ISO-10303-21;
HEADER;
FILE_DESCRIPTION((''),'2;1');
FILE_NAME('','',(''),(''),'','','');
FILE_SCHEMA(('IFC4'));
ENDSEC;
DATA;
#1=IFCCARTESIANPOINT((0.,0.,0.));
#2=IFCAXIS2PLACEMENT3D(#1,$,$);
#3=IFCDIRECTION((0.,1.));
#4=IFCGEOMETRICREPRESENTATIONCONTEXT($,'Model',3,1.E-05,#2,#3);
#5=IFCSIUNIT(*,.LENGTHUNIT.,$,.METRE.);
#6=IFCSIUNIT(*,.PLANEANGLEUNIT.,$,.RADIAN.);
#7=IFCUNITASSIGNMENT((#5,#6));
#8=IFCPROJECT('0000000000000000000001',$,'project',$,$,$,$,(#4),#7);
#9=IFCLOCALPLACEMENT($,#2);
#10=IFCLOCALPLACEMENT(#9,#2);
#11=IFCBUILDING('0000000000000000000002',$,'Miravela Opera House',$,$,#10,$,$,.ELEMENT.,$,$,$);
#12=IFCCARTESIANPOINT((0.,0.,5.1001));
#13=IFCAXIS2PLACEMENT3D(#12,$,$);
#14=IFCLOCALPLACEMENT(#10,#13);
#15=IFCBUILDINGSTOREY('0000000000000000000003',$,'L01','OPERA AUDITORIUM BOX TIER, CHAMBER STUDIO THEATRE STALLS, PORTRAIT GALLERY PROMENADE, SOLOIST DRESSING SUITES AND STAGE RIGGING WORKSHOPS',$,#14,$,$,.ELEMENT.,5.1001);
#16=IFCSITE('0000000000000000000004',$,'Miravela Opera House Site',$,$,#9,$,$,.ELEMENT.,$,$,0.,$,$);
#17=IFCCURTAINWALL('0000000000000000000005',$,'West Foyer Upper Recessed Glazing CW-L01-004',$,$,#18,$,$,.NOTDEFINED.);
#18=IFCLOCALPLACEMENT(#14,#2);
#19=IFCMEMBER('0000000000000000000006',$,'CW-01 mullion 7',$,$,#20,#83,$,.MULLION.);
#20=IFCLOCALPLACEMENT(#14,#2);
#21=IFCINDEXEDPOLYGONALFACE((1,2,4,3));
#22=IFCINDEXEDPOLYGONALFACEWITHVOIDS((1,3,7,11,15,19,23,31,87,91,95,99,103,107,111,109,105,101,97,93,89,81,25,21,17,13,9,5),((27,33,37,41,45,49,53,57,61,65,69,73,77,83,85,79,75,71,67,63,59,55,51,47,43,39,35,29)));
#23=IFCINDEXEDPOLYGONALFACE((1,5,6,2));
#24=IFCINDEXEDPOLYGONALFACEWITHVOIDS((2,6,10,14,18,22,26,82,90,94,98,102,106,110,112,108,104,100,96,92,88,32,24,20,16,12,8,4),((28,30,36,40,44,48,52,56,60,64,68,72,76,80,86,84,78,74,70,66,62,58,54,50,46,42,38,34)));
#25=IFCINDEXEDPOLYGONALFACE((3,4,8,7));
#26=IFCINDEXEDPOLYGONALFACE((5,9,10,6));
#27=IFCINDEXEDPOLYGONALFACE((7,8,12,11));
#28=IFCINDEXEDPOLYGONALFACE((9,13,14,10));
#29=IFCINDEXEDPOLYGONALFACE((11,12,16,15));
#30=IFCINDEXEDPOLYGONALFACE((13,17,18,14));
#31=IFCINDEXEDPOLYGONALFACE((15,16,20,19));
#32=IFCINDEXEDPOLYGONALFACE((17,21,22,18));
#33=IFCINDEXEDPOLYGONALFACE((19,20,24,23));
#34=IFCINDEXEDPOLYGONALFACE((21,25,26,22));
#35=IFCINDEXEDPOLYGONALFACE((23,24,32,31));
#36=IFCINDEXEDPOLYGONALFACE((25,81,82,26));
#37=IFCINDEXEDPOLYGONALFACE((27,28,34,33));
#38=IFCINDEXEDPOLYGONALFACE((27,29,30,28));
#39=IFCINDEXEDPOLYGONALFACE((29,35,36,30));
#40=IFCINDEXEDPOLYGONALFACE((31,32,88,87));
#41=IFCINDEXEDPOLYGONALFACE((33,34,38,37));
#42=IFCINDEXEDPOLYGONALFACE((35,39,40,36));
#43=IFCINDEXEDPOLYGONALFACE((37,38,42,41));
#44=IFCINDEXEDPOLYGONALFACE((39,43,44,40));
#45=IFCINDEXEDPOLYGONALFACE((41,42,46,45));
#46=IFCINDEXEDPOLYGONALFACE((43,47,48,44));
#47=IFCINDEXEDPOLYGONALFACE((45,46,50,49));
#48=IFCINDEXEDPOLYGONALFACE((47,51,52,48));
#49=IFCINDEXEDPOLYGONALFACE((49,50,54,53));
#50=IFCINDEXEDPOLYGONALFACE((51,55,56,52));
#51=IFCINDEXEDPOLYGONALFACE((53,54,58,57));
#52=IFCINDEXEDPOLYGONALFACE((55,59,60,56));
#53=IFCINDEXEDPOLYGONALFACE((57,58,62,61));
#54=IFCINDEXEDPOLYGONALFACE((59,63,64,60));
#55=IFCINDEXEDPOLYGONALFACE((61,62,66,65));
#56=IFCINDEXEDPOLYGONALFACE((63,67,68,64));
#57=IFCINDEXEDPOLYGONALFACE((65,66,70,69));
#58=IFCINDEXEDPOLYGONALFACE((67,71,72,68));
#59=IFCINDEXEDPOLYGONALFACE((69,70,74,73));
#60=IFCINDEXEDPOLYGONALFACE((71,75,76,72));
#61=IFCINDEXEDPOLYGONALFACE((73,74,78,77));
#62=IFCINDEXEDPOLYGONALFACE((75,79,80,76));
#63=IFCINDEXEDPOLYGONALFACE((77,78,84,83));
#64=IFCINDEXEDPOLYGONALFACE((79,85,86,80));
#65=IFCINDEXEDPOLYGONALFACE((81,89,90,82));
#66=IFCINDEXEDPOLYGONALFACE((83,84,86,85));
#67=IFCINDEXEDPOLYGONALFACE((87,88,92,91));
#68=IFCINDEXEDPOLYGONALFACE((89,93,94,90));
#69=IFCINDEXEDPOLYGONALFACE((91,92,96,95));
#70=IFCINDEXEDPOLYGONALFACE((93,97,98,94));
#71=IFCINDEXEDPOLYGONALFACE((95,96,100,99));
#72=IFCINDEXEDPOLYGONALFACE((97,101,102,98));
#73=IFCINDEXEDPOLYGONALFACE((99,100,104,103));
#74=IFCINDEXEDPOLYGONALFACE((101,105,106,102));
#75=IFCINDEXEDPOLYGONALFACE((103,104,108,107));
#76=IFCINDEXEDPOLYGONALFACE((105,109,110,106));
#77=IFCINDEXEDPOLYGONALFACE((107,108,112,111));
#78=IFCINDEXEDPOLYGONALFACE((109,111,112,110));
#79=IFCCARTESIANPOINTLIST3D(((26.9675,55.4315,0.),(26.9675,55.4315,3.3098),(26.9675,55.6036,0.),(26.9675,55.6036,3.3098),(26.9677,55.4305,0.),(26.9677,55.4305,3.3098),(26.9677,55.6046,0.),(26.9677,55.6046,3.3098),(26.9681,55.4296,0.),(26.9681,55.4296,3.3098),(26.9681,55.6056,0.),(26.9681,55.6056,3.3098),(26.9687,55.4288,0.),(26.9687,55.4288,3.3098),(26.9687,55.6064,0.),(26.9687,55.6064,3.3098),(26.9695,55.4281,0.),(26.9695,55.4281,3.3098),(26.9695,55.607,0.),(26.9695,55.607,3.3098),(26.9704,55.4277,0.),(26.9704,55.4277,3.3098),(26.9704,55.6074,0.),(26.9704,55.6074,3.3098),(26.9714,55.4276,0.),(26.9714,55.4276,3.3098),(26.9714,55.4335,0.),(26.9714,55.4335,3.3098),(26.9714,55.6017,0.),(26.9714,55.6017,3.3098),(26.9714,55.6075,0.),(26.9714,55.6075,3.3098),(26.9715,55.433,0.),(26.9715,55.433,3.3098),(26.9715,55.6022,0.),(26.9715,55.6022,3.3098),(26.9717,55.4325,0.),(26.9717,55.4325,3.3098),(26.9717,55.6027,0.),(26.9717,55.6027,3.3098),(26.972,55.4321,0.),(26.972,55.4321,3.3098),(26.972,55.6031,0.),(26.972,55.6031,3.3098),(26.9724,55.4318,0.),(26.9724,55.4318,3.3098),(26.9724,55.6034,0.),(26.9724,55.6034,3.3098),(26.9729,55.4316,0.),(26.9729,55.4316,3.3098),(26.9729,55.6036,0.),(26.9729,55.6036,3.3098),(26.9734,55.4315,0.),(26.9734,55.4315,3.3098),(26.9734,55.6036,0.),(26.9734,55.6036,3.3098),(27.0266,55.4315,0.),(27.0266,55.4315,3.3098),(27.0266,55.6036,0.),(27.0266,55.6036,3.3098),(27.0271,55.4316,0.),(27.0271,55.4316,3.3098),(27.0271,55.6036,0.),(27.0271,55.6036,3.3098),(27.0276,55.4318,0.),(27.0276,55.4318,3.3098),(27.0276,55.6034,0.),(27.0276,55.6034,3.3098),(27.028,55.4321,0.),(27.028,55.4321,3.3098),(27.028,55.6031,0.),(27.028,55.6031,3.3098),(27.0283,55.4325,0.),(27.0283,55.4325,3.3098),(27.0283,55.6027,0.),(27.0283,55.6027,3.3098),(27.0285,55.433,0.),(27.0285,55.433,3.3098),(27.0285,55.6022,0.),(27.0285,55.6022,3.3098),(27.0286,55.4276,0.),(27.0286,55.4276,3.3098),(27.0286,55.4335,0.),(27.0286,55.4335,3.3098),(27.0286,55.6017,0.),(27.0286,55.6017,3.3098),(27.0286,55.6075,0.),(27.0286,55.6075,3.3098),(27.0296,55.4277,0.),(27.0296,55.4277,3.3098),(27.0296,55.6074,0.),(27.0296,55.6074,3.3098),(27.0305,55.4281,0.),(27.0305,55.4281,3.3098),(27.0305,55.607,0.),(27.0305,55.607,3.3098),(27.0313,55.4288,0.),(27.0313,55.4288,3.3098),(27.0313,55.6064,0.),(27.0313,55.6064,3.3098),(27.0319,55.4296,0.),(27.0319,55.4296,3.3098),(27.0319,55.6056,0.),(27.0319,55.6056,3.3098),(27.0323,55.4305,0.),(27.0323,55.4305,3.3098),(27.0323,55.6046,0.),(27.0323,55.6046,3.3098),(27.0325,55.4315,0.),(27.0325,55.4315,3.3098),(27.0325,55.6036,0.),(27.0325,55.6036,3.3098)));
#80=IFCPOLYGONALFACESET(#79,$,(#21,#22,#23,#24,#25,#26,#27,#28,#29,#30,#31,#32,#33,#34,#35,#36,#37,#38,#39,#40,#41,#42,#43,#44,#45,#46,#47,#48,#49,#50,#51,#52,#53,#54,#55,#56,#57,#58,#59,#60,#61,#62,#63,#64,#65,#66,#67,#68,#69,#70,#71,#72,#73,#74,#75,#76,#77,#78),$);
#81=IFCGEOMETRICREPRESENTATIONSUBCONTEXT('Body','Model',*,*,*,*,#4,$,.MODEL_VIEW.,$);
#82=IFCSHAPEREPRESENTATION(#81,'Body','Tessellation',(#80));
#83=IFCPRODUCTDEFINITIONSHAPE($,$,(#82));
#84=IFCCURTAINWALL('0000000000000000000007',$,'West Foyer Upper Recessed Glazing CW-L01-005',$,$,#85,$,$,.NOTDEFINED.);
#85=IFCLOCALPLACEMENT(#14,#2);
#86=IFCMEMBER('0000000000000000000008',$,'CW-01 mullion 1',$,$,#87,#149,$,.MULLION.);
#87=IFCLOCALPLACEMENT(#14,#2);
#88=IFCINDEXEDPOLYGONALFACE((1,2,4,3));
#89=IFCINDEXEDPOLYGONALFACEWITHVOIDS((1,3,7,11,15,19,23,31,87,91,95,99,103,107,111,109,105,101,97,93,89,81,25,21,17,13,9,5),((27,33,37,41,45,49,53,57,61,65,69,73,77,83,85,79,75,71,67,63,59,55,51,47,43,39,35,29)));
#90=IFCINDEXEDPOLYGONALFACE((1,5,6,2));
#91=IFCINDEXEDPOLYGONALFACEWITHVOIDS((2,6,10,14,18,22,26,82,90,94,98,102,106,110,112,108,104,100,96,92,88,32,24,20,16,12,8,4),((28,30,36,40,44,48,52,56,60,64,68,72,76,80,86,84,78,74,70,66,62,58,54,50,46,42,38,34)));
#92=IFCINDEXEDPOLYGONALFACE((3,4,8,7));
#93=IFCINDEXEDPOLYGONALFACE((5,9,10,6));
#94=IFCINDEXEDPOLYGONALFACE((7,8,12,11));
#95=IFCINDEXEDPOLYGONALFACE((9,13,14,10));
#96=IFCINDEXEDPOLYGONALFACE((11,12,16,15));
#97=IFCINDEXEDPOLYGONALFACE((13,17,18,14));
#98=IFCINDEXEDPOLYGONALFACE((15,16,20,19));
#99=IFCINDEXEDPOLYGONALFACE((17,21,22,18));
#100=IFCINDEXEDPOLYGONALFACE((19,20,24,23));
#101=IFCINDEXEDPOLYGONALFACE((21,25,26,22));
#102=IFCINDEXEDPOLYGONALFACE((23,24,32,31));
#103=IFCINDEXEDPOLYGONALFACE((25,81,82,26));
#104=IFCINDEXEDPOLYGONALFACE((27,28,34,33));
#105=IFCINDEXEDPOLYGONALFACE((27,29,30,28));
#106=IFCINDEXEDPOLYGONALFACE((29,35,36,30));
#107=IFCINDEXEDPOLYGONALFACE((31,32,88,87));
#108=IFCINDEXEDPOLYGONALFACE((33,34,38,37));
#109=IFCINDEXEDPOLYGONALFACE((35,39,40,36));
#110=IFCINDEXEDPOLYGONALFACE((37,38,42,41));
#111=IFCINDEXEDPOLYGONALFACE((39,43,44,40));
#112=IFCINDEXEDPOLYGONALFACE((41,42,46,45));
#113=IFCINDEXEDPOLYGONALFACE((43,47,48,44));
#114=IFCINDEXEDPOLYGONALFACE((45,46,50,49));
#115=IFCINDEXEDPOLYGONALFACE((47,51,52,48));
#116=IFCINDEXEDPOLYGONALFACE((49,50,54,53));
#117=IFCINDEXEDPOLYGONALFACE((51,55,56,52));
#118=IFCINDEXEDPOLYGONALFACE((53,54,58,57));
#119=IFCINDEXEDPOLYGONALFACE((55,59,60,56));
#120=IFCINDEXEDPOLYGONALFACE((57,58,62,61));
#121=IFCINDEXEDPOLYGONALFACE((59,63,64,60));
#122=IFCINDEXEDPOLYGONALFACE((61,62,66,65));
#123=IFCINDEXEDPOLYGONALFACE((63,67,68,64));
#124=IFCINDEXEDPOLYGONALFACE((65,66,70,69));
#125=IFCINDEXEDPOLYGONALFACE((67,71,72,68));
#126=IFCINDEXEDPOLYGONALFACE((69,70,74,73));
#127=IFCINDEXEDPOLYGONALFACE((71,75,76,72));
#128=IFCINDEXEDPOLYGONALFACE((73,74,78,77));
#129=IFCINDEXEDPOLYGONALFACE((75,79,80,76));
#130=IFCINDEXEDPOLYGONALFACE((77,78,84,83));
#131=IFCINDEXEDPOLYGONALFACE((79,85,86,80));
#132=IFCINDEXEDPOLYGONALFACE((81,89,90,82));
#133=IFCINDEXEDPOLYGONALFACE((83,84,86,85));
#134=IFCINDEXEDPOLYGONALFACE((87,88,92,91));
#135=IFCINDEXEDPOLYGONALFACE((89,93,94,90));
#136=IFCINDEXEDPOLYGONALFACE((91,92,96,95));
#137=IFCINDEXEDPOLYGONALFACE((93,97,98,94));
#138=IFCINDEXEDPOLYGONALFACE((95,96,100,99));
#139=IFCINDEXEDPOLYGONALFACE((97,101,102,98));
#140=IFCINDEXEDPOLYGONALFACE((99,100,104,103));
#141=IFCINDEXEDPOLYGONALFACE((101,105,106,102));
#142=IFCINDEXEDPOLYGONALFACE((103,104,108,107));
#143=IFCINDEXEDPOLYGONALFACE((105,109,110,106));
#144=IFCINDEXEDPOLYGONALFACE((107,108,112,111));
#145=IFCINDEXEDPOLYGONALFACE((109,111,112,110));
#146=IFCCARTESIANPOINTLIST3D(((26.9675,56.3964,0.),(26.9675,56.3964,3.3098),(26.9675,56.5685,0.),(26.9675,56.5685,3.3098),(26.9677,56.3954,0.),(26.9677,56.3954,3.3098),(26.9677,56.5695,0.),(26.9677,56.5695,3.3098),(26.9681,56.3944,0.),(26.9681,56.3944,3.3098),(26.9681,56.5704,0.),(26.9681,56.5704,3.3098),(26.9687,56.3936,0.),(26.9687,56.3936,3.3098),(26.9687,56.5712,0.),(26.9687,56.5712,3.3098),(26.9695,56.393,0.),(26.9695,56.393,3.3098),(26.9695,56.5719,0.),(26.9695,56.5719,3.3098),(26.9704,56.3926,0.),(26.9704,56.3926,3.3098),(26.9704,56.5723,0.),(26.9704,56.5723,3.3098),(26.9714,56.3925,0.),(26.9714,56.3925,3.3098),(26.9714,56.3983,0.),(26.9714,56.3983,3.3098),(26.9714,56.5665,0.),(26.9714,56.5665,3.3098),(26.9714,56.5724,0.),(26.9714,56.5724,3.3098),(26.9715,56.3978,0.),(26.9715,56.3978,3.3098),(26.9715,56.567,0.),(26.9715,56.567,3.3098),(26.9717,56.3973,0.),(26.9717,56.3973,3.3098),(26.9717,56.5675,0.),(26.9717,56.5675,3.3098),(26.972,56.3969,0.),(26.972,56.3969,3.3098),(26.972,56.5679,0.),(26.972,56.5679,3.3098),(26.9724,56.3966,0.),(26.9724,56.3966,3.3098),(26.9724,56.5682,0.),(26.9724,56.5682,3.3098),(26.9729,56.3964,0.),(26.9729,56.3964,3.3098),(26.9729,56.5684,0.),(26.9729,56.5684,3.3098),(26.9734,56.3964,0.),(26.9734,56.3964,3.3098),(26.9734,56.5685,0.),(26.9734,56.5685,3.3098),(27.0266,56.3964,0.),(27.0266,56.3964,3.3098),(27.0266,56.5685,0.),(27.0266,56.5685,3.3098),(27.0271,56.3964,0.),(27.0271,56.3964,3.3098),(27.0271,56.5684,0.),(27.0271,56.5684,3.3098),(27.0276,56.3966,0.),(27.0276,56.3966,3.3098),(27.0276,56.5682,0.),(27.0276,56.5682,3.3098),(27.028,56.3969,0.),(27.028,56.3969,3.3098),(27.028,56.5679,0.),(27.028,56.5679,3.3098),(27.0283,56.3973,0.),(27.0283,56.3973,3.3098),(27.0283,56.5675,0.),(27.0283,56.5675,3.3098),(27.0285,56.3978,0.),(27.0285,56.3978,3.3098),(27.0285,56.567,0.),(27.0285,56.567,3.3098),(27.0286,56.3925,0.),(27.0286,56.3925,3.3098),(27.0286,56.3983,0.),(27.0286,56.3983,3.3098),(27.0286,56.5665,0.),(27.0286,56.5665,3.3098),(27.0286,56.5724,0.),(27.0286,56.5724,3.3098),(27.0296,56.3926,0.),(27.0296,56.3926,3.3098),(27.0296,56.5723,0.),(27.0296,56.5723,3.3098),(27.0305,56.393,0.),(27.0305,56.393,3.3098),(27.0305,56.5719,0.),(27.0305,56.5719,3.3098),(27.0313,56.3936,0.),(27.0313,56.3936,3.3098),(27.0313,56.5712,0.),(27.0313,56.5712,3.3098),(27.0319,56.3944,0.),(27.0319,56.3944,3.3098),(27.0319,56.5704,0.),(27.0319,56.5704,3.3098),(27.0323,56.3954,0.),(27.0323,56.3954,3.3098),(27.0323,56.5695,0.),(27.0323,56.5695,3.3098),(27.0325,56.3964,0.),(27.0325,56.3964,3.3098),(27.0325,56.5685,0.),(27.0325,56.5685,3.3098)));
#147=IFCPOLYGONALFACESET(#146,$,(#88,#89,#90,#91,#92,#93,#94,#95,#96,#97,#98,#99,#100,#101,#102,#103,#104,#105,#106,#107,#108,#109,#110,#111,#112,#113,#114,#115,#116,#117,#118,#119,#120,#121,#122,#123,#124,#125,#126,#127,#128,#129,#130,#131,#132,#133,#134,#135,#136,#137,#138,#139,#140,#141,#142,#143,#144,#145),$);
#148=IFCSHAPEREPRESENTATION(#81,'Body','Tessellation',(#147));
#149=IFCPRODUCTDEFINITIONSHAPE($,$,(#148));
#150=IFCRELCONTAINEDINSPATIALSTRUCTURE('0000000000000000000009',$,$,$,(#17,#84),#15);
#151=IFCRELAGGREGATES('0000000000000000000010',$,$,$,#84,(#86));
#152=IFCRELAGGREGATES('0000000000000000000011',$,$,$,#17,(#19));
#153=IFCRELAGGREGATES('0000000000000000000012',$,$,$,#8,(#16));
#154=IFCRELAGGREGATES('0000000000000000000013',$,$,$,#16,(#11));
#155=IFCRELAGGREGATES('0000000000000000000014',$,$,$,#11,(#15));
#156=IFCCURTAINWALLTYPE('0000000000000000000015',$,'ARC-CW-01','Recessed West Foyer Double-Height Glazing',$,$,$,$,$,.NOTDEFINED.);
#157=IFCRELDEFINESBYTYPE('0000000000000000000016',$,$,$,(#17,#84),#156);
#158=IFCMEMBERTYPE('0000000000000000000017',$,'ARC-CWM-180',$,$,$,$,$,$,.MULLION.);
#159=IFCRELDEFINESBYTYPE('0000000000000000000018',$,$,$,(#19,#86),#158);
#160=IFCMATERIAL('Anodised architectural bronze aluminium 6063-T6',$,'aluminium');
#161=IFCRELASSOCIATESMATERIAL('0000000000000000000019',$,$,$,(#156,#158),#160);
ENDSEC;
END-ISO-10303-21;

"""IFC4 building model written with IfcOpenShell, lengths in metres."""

from ifc_helpers import new_model, si_unit, direction, frame, origin, origin_2d, place, context, subcontext, project, spatial, hollow_rectangle, extrude, material, material_profile, profile_set, type_object, element, aggregate, save


model = new_model("IFC4")

# Units and contexts
model_context = context("Model", 3, precision=1e-05, world=origin(), true_north=direction((0.0, 1.0)))
body_context = subcontext(model_context, "Body", "Model", "MODEL_VIEW")
ifc_project = project(units=[si_unit("LENGTHUNIT", "METRE"), si_unit("PLANEANGLEUNIT", "RADIAN")], contexts=[model_context])

# Site, building, storey
site_placement = place(None, origin())
site = spatial("IfcSite", under=ifc_project, at=site_placement, Name="Miravela Opera House Site", CompositionType="ELEMENT", RefElevation=0.0)
building_placement = place(site_placement, origin())
building = spatial("IfcBuilding", under=site, at=building_placement, Name="Miravela Opera House", CompositionType="ELEMENT")
storey_placement = place(building_placement, frame((0.0, 0.0, 5.1001)))
storey = spatial("IfcBuildingStorey", under=building, at=storey_placement, Name="L01", Description="OPERA AUDITORIUM BOX TIER, CHAMBER STUDIO THEATRE STALLS, PORTRAIT GALLERY PROMENADE, SOLOIST DRESSING SUITES AND STAGE RIGGING WORKSHOPS", CompositionType="ELEMENT", Elevation=5.1001)

# Curtain wall, member
ifc_material_1 = material(Name="Anodised architectural bronze aluminium 6063-T6", Category="aluminium")
curtain_wall_type = type_object("IfcCurtainWallType", Name="ARC-CW-01", Description="Recessed West Foyer Double-Height Glazing", PredefinedType="NOTDEFINED", material=ifc_material_1)
curtain_wall_1_placement = place(storey_placement, origin())
curtain_wall_1 = element("IfcCurtainWall", 1, at=curtain_wall_1_placement, inside=storey, type_object=curtain_wall_type, Name="West Foyer Upper Recessed Glazing CW-L01-004", PredefinedType="NOTDEFINED")
ifc_material_profile_1 = material_profile(ifc_material_1, hollow_rectangle(XDim=0.0649, YDim=0.1799, WallThickness=0.0039, InnerFilletRadius=0.002, OuterFilletRadius=0.0039, at=origin_2d()), Name="CWM-65X180")
ifc_profile_set_1 = profile_set([ifc_material_profile_1])
member_type_1 = type_object("IfcMemberType", Name="ARC-CWM-180", PredefinedType="MULLION", material=ifc_profile_set_1)
member_1_placement = place(storey_placement, frame((27.0, 55.5176, 0.0), z_axis=(0.0, 0.0, 1.0), x_axis=(-1.0, 0.0, 0.0)))
member_1 = element("IfcMember", 2, at=member_1_placement, type_object=member_type_1, Name="CW-01 mullion 7", PredefinedType="MULLION", context=body_context, shape_type="SweptSolid", body=[
    extrude(hollow_rectangle(XDim=0.0649, YDim=0.1799, WallThickness=0.0039, InnerFilletRadius=0.002, OuterFilletRadius=0.0039, at=origin_2d()), origin(), (0.0, 0.0, 1.0), 3.3098),
])

# Curtain wall, member
curtain_wall_2_placement = place(storey_placement, origin())
curtain_wall_2 = element("IfcCurtainWall", 3, at=curtain_wall_2_placement, inside=storey, type_object=curtain_wall_type, Name="West Foyer Upper Recessed Glazing CW-L01-005", PredefinedType="NOTDEFINED")
member_2_placement = place(storey_placement, frame((27.0, 56.4824, 0.0), z_axis=(0.0, 0.0, 1.0), x_axis=(-1.0, 0.0, 0.0)))
member_2 = element("IfcMember", 4, at=member_2_placement, type_object=member_type_1, Name="CW-01 mullion 1", PredefinedType="MULLION", context=body_context, shape_type="SweptSolid", body=[
    extrude(hollow_rectangle(XDim=0.0649, YDim=0.1799, WallThickness=0.0039, InnerFilletRadius=0.002, OuterFilletRadius=0.0039, at=origin_2d()), origin(), (0.0, 0.0, 1.0), 3.3098),
])

aggregate(curtain_wall_2, [member_2])

aggregate(curtain_wall_1, [member_1])

save(model, "model.ifc")
